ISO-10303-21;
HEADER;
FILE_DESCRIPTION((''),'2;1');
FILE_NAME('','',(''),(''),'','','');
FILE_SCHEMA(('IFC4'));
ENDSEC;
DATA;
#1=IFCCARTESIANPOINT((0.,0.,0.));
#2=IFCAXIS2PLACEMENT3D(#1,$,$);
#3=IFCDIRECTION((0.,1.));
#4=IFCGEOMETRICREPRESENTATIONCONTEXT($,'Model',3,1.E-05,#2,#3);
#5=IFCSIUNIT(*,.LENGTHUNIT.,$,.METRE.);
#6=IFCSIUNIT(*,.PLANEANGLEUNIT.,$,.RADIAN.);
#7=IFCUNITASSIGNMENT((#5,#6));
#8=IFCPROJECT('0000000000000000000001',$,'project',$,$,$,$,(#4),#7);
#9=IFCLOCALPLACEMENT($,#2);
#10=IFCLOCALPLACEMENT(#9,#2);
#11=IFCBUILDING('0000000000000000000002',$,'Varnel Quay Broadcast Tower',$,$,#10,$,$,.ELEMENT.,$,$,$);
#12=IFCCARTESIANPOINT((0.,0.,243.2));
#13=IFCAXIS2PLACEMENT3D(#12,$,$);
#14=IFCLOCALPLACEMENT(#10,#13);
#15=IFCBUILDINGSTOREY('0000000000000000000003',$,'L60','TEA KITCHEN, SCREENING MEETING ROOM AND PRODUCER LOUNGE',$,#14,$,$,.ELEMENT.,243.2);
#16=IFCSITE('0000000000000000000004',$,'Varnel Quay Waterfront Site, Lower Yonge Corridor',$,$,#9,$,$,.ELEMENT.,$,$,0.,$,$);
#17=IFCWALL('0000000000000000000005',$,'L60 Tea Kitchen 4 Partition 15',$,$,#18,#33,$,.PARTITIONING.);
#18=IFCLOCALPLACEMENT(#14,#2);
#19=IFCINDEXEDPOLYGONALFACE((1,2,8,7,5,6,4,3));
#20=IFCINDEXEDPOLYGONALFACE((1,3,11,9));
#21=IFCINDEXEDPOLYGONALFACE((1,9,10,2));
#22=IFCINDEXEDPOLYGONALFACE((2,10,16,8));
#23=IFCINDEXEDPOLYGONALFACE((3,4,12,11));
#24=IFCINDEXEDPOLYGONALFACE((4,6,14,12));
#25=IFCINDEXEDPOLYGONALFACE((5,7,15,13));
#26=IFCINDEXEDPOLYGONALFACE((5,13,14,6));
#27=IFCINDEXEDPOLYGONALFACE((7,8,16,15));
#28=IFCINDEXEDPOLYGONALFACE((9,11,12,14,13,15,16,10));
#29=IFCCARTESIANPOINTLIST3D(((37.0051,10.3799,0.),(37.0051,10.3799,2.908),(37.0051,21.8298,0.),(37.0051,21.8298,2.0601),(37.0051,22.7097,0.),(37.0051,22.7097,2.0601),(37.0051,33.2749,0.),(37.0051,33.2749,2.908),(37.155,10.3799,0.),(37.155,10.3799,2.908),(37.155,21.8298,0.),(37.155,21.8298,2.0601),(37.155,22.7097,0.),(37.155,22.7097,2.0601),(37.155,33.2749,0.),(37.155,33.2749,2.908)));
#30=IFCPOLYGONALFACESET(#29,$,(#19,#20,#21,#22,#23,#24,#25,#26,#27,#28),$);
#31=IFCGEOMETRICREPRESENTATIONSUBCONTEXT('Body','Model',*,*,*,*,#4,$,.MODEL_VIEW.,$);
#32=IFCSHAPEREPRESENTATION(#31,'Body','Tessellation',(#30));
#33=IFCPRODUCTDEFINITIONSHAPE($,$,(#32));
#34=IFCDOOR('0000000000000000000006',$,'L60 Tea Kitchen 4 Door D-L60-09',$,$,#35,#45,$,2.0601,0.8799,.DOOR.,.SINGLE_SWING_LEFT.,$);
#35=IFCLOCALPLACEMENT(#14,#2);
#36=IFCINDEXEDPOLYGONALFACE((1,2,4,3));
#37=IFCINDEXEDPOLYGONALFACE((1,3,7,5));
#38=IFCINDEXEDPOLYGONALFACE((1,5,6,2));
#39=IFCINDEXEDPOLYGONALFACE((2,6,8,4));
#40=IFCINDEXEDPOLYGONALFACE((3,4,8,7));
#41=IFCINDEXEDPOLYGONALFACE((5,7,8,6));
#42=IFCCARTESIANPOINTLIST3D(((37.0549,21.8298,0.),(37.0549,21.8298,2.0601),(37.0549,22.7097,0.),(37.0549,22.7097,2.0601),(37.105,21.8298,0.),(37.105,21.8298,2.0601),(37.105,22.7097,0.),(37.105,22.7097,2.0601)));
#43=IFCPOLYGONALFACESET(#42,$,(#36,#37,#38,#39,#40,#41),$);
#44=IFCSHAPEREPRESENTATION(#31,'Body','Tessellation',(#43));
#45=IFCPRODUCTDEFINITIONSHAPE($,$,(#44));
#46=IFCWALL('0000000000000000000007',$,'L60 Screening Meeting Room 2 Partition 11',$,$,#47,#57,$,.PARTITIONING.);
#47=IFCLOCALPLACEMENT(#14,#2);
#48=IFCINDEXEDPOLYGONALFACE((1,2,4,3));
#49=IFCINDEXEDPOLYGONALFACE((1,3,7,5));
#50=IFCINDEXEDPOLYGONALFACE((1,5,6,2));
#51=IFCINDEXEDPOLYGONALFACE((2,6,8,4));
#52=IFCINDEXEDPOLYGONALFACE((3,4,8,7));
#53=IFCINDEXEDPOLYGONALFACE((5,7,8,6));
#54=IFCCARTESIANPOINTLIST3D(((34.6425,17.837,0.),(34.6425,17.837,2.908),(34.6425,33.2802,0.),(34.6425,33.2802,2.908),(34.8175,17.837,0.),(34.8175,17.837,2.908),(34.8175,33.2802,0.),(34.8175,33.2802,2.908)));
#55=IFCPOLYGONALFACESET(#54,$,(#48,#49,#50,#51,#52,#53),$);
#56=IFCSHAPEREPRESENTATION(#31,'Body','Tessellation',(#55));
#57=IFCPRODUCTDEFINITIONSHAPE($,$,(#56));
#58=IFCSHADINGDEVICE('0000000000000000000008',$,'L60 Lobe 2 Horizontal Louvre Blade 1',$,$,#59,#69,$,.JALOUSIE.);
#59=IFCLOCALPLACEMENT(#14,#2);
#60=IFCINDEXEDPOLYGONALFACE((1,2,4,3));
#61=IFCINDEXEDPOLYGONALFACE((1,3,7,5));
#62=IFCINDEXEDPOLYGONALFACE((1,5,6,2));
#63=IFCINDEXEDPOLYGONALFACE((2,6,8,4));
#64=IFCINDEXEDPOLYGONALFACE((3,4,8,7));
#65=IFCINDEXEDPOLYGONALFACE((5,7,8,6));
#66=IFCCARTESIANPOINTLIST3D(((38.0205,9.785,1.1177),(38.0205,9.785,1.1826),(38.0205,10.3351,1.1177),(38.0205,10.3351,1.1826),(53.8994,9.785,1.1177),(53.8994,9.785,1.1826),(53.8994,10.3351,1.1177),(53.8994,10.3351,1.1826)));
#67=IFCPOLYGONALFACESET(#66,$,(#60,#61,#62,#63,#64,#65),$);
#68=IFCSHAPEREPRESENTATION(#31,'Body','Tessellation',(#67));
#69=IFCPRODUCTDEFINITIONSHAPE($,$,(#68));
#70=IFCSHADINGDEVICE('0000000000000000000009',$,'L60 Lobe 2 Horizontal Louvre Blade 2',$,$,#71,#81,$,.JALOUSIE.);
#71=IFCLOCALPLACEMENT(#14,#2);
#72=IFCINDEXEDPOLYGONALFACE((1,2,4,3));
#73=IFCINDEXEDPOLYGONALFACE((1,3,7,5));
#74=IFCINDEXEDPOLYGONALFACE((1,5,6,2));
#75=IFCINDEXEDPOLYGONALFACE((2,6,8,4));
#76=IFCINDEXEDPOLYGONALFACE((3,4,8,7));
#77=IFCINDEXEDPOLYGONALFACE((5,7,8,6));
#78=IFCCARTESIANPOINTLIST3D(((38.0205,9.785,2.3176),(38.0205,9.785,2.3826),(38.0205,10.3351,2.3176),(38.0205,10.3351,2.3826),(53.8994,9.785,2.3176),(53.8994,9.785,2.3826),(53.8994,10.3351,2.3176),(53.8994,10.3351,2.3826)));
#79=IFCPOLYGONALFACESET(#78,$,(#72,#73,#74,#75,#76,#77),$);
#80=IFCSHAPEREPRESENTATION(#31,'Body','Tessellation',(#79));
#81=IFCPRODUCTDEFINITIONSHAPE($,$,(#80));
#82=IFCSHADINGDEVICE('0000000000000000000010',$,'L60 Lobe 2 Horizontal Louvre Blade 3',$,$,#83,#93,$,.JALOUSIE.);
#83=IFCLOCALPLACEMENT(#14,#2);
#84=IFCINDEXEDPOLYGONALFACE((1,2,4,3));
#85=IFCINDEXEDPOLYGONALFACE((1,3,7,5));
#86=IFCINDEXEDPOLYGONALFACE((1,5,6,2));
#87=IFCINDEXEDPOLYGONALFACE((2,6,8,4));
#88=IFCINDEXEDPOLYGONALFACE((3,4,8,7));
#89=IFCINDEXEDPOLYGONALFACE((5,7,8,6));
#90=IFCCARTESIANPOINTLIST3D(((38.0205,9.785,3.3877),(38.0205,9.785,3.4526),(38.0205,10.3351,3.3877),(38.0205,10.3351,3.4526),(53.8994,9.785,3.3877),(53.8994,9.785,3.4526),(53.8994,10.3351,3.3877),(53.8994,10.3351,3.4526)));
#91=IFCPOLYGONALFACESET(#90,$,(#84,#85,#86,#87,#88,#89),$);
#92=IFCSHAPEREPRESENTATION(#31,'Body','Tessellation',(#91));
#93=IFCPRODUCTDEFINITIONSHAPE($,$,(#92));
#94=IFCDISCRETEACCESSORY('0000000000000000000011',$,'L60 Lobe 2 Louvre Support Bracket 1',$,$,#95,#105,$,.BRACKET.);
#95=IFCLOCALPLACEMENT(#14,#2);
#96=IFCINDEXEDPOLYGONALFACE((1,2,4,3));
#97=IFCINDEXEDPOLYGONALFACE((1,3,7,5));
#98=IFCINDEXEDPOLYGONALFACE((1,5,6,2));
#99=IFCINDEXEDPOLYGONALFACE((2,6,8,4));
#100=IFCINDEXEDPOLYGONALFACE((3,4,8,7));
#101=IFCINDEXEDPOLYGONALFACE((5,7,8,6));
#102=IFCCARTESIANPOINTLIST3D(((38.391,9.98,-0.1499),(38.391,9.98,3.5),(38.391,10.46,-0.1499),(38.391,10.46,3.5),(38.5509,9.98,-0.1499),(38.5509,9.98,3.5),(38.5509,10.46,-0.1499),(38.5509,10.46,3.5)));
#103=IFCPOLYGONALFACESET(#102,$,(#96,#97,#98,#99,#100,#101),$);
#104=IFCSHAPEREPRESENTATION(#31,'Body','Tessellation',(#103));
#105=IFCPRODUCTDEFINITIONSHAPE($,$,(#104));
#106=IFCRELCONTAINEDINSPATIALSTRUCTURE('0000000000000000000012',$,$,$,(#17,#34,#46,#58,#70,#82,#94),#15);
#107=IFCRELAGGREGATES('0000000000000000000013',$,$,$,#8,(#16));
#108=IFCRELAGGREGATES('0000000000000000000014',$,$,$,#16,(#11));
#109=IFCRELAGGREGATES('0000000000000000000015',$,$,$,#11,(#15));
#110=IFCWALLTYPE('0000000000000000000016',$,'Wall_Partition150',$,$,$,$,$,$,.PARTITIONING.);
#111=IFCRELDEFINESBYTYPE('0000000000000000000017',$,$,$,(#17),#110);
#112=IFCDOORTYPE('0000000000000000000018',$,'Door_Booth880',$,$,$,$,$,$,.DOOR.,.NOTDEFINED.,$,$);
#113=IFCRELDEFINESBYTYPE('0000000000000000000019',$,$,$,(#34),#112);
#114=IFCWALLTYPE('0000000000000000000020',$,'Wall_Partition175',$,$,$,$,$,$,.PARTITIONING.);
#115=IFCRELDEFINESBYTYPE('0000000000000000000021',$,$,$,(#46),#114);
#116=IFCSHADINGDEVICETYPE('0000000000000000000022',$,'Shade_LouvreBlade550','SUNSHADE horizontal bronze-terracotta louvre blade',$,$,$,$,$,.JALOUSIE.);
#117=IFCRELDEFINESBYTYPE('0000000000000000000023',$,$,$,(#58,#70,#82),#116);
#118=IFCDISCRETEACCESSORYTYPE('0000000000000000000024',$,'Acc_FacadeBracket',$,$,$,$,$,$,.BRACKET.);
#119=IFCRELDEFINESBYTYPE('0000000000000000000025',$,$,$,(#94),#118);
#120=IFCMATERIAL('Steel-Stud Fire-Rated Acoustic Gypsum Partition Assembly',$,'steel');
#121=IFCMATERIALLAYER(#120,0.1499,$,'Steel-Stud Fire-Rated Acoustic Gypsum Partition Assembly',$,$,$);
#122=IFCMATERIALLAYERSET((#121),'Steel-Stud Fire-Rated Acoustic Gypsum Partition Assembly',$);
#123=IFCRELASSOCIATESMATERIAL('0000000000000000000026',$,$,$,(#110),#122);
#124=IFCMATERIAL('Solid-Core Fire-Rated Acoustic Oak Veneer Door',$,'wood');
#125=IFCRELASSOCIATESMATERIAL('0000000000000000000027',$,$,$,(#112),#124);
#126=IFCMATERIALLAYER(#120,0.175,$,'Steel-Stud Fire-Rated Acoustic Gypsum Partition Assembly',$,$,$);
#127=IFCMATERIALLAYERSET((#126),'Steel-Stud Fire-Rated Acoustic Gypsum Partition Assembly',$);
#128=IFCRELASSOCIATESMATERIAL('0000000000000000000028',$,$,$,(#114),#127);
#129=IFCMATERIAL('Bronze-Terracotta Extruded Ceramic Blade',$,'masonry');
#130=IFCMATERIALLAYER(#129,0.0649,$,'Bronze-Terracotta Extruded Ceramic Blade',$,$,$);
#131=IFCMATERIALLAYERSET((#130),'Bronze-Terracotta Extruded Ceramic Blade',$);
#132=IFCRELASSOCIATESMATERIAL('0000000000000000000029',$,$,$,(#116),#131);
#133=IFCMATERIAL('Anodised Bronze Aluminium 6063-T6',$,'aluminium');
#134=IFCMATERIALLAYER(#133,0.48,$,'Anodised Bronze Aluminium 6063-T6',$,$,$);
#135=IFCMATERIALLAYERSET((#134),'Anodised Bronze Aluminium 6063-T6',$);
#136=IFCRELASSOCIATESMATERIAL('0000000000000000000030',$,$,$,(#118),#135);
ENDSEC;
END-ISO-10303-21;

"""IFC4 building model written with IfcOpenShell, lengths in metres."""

from ifc_helpers import new_model, si_unit, direction, frame, frame_2d, origin, origin_2d, place, context, subcontext, project, spatial, rectangle, extrude, source, transform, mapped, material, layer, layer_set, type_object, type_shapes, element, fill, save


model = new_model("IFC4")

# Units and contexts
model_context = context("Model", 3, precision=1e-05, world=origin(), true_north=direction((0.0, 1.0)))
body_context = subcontext(model_context, "Body", "Model", "MODEL_VIEW")
ifc_project = project(units=[si_unit("LENGTHUNIT", "METRE"), si_unit("PLANEANGLEUNIT", "RADIAN")], contexts=[model_context])

# Site, building, storey
site_placement = place(None, origin())
site = spatial("IfcSite", under=ifc_project, at=site_placement, Name="Varnel Quay Waterfront Site, Lower Yonge Corridor", CompositionType="ELEMENT", RefElevation=0.0)
building_placement = place(site_placement, origin())
building = spatial("IfcBuilding", under=site, at=building_placement, Name="Varnel Quay Broadcast Tower", CompositionType="ELEMENT")
storey_placement = place(building_placement, frame((0.0, 0.0, 243.2)))
storey = spatial("IfcBuildingStorey", under=building, at=storey_placement, Name="L60", Description="TEA KITCHEN, SCREENING MEETING ROOM AND PRODUCER LOUNGE", CompositionType="ELEMENT", Elevation=243.2)

# Shared definitions
ifc_material_1 = material(Name="Anodised Bronze Aluminium 6063-T6", Category="aluminium")

# Shared definitions
ifc_material_2 = material(Name="Steel-Stud Fire-Rated Acoustic Gypsum Partition Assembly", Category="steel")
ifc_layer_1 = layer(ifc_material_2, 0.1499, Name="Steel-Stud Fire-Rated Acoustic Gypsum Partition Assembly")
ifc_layer_set_1 = layer_set([ifc_layer_1], Name="Steel-Stud Fire-Rated Acoustic Gypsum Partition Assembly")
wall_type_1 = type_object("IfcWallType", Name="Wall_Partition150", PredefinedType="PARTITIONING", material=ifc_layer_set_1)

# Wall, opening, door
wall_1_placement = place(storey_placement, frame((37.0801, 10.3799, 0.0), z_axis=(0.0, 0.0, 1.0), x_axis=(0.0, 1.0, 0.0)))
wall_1 = element("IfcWall", 1, at=wall_1_placement, inside=storey, type_object=wall_type_1, Name="L60 Tea Kitchen 4 Partition 15", PredefinedType="PARTITIONING", context=body_context, shape_type="SweptSolid", body=[
    extrude(rectangle(XDim=22.895, YDim=0.1499, at=frame_2d((11.4475, 0.0))), origin(), (0.0, 0.0, 1.0), 2.908),
])
opening_placement = place(wall_1_placement, frame((11.45, 0.0, 0.0)))
opening = element("IfcOpeningElement", 2, at=opening_placement, cuts=wall_1, PredefinedType="OPENING", context=body_context, shape_type="SweptSolid", body=[
    extrude(rectangle(XDim=0.8799, YDim=2.0601, at=frame_2d((0.4399, 1.03))), frame((0.0, 0.085, 0.0), z_axis=(0.0, -1.0, 0.0), x_axis=(1.0, 0.0, 0.0)), (0.0, 0.0, 1.0), 0.1699),
])
ifc_material_3 = material(Name="Solid-Core Fire-Rated Acoustic Oak Veneer Door", Category="wood")
door_type = type_object("IfcDoorType", Name="Door_Booth880", OperationType="NOTDEFINED", PredefinedType="DOOR", material=ifc_material_3)
shared_shape_1 = source(origin(), body_context, "Body", "SweptSolid", [
    extrude(rectangle(XDim=0.8799, YDim=2.0601, at=frame_2d((0.4399, 1.03))), frame((0.0, 0.0249, 0.0), z_axis=(0.0, -1.0, 0.0), x_axis=(1.0, 0.0, 0.0)), (0.0, 0.0, 1.0), 0.05),
])
type_shapes(door_type, [shared_shape_1])
door_placement = place(opening_placement, frame((0.8799, 0.0, 0.0), z_axis=(0.0, 0.0, 1.0), x_axis=(-1.0, 0.0, 0.0)))
door = element("IfcDoor", 3, at=door_placement, inside=storey, type_object=door_type, Name="L60 Tea Kitchen 4 Door D-L60-09", OperationType="SINGLE_SWING_LEFT", OverallHeight=2.0601, OverallWidth=0.8799, PredefinedType="DOOR", context=body_context, shape_type="MappedRepresentation", body=[
    mapped(shared_shape_1, transform((0.0, 0.0, 0.0), x_axis=(1.0, 0.0, 0.0), y_axis=(0.0, 1.0, 0.0), z_axis=(0.0, 0.0, 1.0), scale=1.0)),
])
fill(opening, door)

# Wall
ifc_layer_2 = layer(ifc_material_2, 0.175, Name="Steel-Stud Fire-Rated Acoustic Gypsum Partition Assembly")
ifc_layer_set_2 = layer_set([ifc_layer_2], Name="Steel-Stud Fire-Rated Acoustic Gypsum Partition Assembly")
wall_type_2 = type_object("IfcWallType", Name="Wall_Partition175", PredefinedType="PARTITIONING", material=ifc_layer_set_2)
wall_2_placement = place(storey_placement, frame((34.73, 17.8369, 0.0), z_axis=(0.0, 0.0, 1.0), x_axis=(0.0, 1.0, 0.0)))
element("IfcWall", 4, at=wall_2_placement, inside=storey, type_object=wall_type_2, Name="L60 Screening Meeting Room 2 Partition 11", PredefinedType="PARTITIONING", context=body_context, shape_type="SweptSolid", body=[
    extrude(rectangle(XDim=15.4431, YDim=0.175, at=frame_2d((7.7217, 0.0))), origin(), (0.0, 0.0, 1.0), 2.908),
])

# Shading devices
ifc_material_4 = material(Name="Bronze-Terracotta Extruded Ceramic Blade", Category="masonry")
ifc_layer_3 = layer(ifc_material_4, 0.0649, Name="Bronze-Terracotta Extruded Ceramic Blade")
ifc_layer_set_3 = layer_set([ifc_layer_3], Name="Bronze-Terracotta Extruded Ceramic Blade")
shading_device_type = type_object("IfcShadingDeviceType", Name="Shade_LouvreBlade550", Description="SUNSHADE horizontal bronze-terracotta louvre blade", PredefinedType="JALOUSIE", material=ifc_layer_set_3)
shared_shape_2 = source(origin(), body_context, "Body", "SweptSolid", [
    extrude(rectangle(XDim=15.8789, YDim=0.55, at=origin_2d()), origin(), (0.0, 0.0, 1.0), 0.0649),
])
type_shapes(shading_device_type, [shared_shape_2])
for number, where, z_axis, x_axis, name in (
    (5, (45.96, 10.0601, 1.1177), (0.0, 0.0, 1.0), (1.0, 0.0, 0.0), "L60 Lobe 2 Horizontal Louvre Blade 1"),
    (6, (45.96, 10.0601, 2.3176), (0.0, 0.0, 1.0), (1.0, 0.0, 0.0), "L60 Lobe 2 Horizontal Louvre Blade 2"),
    (7, (45.96, 10.0601, 3.3877), (0.0, 0.0, 1.0), (1.0, 0.0, 0.0), "L60 Lobe 2 Horizontal Louvre Blade 3"),
):
    element("IfcShadingDevice", number, at=place(storey_placement, frame(where, z_axis=z_axis, x_axis=x_axis)), inside=storey, type_object=shading_device_type, Name=name, PredefinedType="JALOUSIE", context=body_context, shape_type="MappedRepresentation", body=[
        mapped(shared_shape_2, transform((0.0, 0.0, 0.0), x_axis=(1.0, 0.0, 0.0), y_axis=(0.0, 1.0, 0.0), z_axis=(0.0, 0.0, 1.0), scale=1.0)),
    ])

# Discrete accessory
ifc_layer_4 = layer(ifc_material_1, 0.48, Name="Anodised Bronze Aluminium 6063-T6")
ifc_layer_set_4 = layer_set([ifc_layer_4], Name="Anodised Bronze Aluminium 6063-T6")
discrete_accessory_type = type_object("IfcDiscreteAccessoryType", Name="Acc_FacadeBracket", PredefinedType="BRACKET", material=ifc_layer_set_4)
shared_shape_3 = source(origin(), body_context, "Body", "SweptSolid", [
    extrude(rectangle(XDim=0.1599, YDim=0.48, at=origin_2d()), origin(), (0.0, 0.0, 1.0), 3.6499),
])
type_shapes(discrete_accessory_type, [shared_shape_3])
discrete_accessory_placement = place(storey_placement, frame((38.4709, 10.22, -0.1499), z_axis=(0.0, 0.0, 1.0), x_axis=(1.0, 0.0, 0.0)))
element("IfcDiscreteAccessory", 8, at=discrete_accessory_placement, inside=storey, type_object=discrete_accessory_type, Name="L60 Lobe 2 Louvre Support Bracket 1", PredefinedType="BRACKET", context=body_context, shape_type="MappedRepresentation", body=[
    mapped(shared_shape_3, transform((0.0, 0.0, 0.0), x_axis=(1.0, 0.0, 0.0), y_axis=(0.0, 1.0, 0.0), z_axis=(0.0, 0.0, 1.0), scale=1.0)),
])

save(model, "model.ifc")
